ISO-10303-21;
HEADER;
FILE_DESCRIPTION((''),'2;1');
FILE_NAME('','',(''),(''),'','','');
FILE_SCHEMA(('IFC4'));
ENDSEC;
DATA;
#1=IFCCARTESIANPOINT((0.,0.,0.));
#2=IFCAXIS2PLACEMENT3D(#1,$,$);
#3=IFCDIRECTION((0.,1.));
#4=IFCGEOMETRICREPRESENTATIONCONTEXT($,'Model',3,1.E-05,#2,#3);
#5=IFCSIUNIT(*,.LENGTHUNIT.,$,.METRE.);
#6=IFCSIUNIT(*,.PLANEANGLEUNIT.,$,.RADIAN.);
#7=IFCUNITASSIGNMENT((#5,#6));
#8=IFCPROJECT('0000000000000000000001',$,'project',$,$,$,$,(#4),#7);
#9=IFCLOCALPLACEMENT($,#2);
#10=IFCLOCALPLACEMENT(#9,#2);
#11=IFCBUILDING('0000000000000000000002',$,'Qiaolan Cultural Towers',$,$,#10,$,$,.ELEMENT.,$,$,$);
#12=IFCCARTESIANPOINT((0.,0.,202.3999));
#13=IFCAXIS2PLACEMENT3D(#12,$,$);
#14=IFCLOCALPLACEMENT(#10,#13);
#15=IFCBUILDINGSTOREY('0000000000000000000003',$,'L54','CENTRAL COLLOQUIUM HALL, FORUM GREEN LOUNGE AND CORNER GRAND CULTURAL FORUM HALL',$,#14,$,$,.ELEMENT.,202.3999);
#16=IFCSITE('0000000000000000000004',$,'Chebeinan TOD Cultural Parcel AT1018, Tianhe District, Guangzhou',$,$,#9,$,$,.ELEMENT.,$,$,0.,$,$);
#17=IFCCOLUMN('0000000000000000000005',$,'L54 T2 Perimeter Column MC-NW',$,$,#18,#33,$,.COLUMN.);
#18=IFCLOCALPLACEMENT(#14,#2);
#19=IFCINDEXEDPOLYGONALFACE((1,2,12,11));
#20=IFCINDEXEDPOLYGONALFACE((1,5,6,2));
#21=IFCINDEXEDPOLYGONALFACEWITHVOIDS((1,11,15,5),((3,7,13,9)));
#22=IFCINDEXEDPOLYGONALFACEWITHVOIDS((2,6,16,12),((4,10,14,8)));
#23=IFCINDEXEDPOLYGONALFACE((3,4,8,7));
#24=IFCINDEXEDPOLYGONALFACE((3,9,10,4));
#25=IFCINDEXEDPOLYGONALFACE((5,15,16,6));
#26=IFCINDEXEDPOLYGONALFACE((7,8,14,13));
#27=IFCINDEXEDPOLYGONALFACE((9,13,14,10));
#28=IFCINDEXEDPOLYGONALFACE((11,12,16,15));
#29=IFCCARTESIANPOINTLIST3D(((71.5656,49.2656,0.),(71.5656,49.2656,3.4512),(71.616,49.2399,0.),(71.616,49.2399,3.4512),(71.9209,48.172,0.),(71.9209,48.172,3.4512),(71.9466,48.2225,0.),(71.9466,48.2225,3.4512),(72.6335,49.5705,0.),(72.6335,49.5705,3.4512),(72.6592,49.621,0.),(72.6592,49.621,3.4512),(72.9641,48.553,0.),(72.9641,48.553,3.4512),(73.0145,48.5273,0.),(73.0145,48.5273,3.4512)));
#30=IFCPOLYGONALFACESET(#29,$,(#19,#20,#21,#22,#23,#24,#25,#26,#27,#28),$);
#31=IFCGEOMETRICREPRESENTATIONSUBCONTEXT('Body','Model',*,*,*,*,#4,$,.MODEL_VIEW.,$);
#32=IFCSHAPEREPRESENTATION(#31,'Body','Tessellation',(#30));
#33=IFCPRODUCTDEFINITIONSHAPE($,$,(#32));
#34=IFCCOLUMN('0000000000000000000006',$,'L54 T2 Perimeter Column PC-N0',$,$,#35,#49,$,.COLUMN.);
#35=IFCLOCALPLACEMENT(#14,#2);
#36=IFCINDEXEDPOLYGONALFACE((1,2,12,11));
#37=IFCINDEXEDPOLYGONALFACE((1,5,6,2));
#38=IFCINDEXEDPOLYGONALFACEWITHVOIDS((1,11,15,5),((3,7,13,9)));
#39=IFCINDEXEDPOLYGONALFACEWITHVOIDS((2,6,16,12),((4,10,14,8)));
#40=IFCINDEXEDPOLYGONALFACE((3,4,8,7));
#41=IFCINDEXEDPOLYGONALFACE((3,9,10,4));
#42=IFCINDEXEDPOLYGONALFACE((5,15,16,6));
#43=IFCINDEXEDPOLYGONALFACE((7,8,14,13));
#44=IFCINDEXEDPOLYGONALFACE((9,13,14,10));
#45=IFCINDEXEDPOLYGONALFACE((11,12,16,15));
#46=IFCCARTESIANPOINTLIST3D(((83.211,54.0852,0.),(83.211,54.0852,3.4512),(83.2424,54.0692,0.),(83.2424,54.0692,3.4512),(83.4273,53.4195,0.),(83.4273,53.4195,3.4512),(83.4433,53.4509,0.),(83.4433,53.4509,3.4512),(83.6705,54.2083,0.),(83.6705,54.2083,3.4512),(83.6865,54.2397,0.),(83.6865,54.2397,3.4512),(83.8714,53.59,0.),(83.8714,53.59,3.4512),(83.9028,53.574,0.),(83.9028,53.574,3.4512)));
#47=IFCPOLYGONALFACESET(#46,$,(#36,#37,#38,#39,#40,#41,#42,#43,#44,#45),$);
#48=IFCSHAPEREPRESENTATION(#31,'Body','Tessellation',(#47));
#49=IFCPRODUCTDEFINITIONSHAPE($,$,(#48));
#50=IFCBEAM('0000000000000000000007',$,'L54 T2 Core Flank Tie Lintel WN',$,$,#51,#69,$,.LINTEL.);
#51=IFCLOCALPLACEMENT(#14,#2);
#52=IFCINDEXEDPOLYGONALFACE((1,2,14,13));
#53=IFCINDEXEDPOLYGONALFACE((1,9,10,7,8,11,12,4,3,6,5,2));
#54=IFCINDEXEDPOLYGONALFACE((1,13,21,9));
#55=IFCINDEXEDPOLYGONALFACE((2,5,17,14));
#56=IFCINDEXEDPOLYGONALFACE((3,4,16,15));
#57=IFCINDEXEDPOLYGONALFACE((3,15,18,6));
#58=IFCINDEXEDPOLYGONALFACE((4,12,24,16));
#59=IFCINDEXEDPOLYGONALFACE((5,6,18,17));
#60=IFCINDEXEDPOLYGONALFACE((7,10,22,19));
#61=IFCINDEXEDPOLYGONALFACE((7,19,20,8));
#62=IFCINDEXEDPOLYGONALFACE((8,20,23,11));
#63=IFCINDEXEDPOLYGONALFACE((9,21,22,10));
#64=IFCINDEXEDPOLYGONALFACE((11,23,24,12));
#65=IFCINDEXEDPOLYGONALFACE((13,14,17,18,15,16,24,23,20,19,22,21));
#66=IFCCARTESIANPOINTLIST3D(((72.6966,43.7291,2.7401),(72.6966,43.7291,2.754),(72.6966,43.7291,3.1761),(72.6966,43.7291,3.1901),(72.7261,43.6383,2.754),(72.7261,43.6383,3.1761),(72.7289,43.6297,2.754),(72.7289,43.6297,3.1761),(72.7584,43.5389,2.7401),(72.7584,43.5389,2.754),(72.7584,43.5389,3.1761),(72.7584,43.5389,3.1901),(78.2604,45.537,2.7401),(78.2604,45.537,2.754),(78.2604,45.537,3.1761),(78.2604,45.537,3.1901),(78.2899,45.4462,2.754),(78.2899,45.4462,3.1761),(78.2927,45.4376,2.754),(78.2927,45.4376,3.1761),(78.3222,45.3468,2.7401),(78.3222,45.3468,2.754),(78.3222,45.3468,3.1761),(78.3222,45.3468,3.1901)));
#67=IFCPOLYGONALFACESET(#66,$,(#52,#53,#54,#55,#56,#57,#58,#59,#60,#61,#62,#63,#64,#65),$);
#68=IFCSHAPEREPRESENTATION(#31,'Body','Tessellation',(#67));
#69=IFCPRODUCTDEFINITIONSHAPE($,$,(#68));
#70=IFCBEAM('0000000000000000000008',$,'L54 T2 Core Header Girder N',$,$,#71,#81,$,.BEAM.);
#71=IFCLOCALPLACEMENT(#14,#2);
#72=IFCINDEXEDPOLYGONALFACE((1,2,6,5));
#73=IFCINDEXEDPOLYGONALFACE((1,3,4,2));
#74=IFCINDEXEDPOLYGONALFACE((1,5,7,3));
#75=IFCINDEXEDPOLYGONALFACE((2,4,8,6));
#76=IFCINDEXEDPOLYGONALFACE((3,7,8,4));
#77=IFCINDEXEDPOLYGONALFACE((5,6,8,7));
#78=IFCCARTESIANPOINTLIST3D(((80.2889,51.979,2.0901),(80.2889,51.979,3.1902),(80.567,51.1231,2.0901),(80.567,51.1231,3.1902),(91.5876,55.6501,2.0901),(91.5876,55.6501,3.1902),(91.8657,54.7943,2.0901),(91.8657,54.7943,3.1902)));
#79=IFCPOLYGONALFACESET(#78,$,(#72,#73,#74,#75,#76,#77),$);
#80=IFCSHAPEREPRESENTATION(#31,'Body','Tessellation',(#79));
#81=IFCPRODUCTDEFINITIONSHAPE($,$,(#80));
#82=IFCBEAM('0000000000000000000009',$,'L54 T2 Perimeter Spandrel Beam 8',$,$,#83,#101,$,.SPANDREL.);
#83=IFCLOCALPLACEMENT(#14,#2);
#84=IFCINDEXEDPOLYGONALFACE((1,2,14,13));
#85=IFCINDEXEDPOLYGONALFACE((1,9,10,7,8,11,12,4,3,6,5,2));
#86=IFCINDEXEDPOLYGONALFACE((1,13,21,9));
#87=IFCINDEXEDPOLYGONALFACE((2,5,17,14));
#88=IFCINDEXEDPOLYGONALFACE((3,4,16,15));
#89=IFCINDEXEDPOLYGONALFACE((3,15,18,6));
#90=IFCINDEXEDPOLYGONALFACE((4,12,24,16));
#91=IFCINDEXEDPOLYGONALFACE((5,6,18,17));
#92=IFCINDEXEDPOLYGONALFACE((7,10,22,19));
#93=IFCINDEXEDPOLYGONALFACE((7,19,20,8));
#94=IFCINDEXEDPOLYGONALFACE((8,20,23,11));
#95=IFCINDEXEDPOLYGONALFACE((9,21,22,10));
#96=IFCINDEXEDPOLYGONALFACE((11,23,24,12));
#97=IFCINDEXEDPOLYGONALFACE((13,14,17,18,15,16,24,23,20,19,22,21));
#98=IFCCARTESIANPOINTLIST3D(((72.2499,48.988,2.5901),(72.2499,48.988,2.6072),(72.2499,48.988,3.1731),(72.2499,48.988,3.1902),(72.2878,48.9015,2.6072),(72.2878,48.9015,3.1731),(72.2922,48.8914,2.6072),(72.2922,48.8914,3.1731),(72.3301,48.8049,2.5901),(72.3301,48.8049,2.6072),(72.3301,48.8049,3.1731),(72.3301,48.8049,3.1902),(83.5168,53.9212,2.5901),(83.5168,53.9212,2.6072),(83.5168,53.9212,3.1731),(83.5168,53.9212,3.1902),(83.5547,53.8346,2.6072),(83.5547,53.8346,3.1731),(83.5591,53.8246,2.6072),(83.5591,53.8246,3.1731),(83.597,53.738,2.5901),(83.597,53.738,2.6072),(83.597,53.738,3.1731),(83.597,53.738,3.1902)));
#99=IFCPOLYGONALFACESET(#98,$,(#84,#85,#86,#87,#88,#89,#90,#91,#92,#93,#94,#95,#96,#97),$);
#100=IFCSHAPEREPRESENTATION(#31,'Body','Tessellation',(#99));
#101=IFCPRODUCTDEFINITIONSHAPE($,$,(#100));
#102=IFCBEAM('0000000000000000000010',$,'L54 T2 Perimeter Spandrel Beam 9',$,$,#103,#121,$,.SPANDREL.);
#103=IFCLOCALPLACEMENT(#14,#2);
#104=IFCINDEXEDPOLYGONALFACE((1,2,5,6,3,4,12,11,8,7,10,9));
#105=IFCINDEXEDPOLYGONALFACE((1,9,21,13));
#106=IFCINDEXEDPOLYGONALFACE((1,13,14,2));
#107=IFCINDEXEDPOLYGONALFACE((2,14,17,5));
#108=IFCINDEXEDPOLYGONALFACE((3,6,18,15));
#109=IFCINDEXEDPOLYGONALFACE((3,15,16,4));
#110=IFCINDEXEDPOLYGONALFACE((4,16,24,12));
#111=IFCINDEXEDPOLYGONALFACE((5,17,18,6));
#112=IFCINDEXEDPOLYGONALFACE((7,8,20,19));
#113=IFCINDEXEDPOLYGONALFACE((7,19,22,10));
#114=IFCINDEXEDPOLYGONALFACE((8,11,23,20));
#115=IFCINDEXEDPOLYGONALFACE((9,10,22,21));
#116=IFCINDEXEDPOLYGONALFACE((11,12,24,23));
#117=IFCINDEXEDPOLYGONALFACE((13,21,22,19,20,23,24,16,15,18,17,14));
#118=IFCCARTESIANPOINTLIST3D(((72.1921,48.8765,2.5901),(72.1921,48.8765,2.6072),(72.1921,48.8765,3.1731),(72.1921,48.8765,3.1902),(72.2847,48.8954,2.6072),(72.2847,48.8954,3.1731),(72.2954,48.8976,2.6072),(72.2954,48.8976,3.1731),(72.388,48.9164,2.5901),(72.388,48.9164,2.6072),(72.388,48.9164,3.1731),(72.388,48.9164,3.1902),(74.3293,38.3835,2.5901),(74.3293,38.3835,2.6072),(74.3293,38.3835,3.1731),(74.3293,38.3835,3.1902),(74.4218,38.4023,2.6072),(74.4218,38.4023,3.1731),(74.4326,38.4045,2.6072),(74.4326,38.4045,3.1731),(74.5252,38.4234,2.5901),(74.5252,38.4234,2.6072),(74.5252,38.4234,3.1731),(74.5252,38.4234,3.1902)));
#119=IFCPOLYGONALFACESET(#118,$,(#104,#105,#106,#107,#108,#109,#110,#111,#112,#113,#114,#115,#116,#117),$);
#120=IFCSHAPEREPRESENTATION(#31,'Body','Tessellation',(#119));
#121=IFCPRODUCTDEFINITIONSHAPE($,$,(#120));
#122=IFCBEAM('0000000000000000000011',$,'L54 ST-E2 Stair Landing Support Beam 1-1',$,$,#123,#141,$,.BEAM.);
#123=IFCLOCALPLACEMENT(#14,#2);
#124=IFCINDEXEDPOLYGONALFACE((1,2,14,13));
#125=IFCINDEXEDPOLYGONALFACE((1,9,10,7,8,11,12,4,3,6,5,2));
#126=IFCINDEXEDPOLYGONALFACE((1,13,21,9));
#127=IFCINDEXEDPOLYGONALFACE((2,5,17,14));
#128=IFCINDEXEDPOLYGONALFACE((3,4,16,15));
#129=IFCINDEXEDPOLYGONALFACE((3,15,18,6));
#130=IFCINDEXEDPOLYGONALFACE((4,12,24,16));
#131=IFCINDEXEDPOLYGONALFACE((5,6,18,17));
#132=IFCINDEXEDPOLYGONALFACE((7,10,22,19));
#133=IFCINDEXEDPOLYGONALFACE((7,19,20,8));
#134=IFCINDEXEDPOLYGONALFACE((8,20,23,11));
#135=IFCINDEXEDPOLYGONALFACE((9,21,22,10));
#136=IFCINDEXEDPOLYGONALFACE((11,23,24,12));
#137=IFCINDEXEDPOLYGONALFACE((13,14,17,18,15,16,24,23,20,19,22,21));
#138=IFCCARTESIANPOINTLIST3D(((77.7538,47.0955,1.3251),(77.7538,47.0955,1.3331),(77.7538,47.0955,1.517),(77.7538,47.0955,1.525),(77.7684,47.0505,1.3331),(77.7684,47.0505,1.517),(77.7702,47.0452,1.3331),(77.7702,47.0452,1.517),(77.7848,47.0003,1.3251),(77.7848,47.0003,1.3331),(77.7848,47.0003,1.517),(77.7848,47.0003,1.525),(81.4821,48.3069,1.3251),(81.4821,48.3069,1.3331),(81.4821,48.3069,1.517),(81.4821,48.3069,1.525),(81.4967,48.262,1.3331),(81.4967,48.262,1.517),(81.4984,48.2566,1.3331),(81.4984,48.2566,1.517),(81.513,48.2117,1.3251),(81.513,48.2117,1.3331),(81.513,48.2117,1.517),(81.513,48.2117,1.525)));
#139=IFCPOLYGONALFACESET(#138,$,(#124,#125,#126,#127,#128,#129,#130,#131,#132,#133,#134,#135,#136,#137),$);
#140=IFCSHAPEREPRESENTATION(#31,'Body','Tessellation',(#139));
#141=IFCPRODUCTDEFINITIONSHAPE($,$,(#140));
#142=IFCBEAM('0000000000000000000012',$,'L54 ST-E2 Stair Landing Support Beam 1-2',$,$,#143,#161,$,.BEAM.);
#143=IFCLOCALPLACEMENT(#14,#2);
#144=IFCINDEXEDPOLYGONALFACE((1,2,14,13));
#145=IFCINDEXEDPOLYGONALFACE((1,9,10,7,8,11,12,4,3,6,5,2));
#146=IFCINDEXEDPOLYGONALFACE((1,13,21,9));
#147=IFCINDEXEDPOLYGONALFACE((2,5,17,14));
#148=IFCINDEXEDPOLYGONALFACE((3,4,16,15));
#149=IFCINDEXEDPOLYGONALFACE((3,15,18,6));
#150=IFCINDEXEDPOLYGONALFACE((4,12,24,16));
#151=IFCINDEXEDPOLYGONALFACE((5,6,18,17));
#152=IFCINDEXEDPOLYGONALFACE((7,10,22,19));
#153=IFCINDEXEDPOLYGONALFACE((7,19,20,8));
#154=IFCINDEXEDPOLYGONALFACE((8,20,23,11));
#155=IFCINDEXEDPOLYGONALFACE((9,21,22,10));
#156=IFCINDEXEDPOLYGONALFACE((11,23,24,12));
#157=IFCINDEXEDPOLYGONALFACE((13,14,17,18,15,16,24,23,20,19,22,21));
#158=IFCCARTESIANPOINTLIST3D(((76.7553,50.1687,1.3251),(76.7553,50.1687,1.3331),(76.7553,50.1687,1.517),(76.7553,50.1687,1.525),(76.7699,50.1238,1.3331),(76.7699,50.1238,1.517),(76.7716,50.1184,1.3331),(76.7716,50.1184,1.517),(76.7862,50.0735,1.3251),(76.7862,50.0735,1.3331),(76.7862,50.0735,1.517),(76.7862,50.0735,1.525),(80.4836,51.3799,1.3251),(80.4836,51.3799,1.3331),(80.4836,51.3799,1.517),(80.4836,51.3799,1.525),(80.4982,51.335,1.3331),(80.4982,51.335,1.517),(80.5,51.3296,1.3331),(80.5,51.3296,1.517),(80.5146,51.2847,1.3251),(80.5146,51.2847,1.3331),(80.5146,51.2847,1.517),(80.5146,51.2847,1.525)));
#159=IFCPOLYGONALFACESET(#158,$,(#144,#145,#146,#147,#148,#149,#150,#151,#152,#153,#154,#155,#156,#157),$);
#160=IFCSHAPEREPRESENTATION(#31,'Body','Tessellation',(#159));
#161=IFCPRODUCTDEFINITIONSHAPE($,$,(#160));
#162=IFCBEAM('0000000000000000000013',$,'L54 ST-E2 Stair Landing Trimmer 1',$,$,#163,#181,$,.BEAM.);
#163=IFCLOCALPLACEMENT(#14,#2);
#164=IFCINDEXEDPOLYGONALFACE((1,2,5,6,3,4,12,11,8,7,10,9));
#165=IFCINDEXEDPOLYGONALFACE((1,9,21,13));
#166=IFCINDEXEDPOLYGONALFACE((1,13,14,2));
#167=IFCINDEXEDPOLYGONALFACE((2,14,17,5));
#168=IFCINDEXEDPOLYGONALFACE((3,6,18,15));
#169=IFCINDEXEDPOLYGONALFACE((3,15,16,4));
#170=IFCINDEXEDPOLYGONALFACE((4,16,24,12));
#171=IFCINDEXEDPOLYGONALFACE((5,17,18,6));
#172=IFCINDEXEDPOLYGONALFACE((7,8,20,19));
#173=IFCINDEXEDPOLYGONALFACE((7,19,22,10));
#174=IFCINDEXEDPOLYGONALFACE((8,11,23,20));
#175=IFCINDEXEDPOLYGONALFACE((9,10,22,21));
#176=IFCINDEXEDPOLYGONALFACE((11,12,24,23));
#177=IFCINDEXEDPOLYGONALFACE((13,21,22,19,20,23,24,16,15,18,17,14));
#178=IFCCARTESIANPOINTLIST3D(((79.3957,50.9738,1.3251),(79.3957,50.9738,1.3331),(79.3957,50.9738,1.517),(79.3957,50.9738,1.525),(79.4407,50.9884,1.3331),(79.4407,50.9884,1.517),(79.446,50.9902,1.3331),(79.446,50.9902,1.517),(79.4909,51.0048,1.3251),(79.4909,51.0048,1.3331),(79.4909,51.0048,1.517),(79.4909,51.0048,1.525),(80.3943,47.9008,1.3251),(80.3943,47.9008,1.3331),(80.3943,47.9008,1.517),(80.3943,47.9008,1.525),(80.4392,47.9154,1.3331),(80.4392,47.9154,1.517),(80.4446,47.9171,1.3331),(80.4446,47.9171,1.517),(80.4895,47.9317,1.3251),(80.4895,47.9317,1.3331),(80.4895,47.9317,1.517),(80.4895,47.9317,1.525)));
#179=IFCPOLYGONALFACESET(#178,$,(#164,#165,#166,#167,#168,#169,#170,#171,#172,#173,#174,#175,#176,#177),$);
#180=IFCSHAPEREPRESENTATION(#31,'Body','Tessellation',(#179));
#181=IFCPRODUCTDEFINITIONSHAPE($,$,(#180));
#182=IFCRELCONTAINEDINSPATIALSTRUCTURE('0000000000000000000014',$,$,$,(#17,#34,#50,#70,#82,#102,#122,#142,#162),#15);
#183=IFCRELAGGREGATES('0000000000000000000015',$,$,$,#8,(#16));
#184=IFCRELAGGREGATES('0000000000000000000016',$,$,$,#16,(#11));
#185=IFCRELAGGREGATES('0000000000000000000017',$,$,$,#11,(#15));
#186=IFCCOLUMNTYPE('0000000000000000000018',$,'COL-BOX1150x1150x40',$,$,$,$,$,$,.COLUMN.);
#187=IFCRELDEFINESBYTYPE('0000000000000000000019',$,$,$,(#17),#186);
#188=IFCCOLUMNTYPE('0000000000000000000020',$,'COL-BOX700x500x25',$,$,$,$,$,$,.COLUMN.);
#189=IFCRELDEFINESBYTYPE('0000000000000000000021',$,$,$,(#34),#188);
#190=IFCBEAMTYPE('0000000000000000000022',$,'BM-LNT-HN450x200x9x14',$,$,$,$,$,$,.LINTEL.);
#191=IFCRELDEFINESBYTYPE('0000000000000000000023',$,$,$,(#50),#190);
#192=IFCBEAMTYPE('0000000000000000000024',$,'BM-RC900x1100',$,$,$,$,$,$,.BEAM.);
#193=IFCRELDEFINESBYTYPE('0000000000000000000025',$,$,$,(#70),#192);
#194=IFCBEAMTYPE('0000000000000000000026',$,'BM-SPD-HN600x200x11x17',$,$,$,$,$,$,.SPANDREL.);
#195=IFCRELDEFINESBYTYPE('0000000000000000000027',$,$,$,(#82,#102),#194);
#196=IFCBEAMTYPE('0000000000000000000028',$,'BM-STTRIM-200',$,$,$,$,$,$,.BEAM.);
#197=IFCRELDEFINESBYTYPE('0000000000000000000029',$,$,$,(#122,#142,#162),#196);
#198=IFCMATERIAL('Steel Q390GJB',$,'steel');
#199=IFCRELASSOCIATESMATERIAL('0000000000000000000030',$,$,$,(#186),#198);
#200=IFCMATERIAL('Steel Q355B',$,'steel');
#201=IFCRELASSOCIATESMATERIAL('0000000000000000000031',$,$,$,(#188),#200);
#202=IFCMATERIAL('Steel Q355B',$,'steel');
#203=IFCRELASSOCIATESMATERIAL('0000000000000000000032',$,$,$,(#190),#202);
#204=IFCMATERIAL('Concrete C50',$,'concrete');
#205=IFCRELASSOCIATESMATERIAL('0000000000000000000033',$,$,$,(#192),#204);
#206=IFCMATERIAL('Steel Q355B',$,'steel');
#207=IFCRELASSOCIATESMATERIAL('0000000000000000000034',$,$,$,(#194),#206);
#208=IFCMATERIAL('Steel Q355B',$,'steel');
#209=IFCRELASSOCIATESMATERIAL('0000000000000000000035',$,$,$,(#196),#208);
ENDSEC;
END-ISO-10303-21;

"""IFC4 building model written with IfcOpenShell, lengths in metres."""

from ifc_helpers import new_model, si_unit, direction, frame, origin, origin_2d, place, context, subcontext, project, spatial, rectangle, hollow_rectangle, i_section, extrude, material, material_profile, profile_set, type_object, element, save


model = new_model("IFC4")

# Units and contexts
model_context = context("Model", 3, precision=1e-05, world=origin(), true_north=direction((0.0, 1.0)))
body_context = subcontext(model_context, "Body", "Model", "MODEL_VIEW")
ifc_project = project(units=[si_unit("LENGTHUNIT", "METRE"), si_unit("PLANEANGLEUNIT", "RADIAN")], contexts=[model_context])

# Site, building, storey
site_placement = place(None, origin())
site = spatial("IfcSite", under=ifc_project, at=site_placement, Name="Chebeinan TOD Cultural Parcel AT1018, Tianhe District, Guangzhou", CompositionType="ELEMENT", RefElevation=0.0)
building_placement = place(site_placement, origin())
building = spatial("IfcBuilding", under=site, at=building_placement, Name="Qiaolan Cultural Towers", CompositionType="ELEMENT")
storey_placement = place(building_placement, frame((0.0, 0.0, 202.3999)))
storey = spatial("IfcBuildingStorey", under=building, at=storey_placement, Name="L54", Description="CENTRAL COLLOQUIUM HALL, FORUM GREEN LOUNGE AND CORNER GRAND CULTURAL FORUM HALL", CompositionType="ELEMENT", Elevation=202.3999)

# Columns
ifc_material_1 = material(Name="Steel Q390GJB", Category="steel")
ifc_material_profile_1 = material_profile(ifc_material_1, hollow_rectangle(XDim=1.1499, YDim=1.1499, WallThickness=0.04, at=origin_2d()), Name="BOX1150x1150x40")
ifc_profile_set_1 = profile_set([ifc_material_profile_1], Name="Steel Q390GJB")
column_type_1 = type_object("IfcColumnType", Name="COL-BOX1150x1150x40", PredefinedType="COLUMN", material=ifc_profile_set_1)
column_1_placement = place(storey_placement, frame((72.29, 48.8965, 0.0), z_axis=(0.0, 0.0, 1.0), x_axis=(0.951057, 0.309017, 0.0)))
element("IfcColumn", 1, at=column_1_placement, inside=storey, type_object=column_type_1, Name="L54 T2 Perimeter Column MC-NW", PredefinedType="COLUMN", context=body_context, shape_type="SweptSolid", body=[
    extrude(hollow_rectangle(XDim=1.1499, YDim=1.1499, WallThickness=0.04, at=origin_2d()), origin(), (0.0, 0.0, 1.0), 3.4512),
])
ifc_material_2 = material(Name="Steel Q355B", Category="steel")
ifc_material_profile_2 = material_profile(ifc_material_2, hollow_rectangle(XDim=0.5, YDim=0.7, WallThickness=0.0249, at=origin_2d()), Name="BOX700x500x25")
ifc_profile_set_2 = profile_set([ifc_material_profile_2], Name="Steel Q355B")
column_type_2 = type_object("IfcColumnType", Name="COL-BOX700x500x25", PredefinedType="COLUMN", material=ifc_profile_set_2)
column_2_placement = place(storey_placement, frame((83.5569, 53.8296, 0.0), z_axis=(0.0, 0.0, 1.0), x_axis=(0.951057, 0.309017, 0.0)))
element("IfcColumn", 2, at=column_2_placement, inside=storey, type_object=column_type_2, Name="L54 T2 Perimeter Column PC-N0", PredefinedType="COLUMN", context=body_context, shape_type="SweptSolid", body=[
    extrude(hollow_rectangle(XDim=0.5, YDim=0.7, WallThickness=0.0249, at=origin_2d()), origin(), (0.0, 0.0, 1.0), 3.4512),
])

# Beams
ifc_material_3 = material(Name="Steel Q355B", Category="steel")
ifc_material_profile_3 = material_profile(ifc_material_3, i_section(OverallWidth=0.2, OverallDepth=0.45, WebThickness=0.009, FlangeThickness=0.0139, at=origin_2d()), Name="HN450x200x9x14")
ifc_profile_set_3 = profile_set([ifc_material_profile_3], Name="Steel Q355B")
beam_type_1 = type_object("IfcBeamType", Name="BM-LNT-HN450x200x9x14", PredefinedType="LINTEL", material=ifc_profile_set_3)
beam_1_placement = place(storey_placement, frame((78.2913, 45.4419, 2.9651), z_axis=(-0.951052, -0.309032, 0.0), x_axis=(0.309032, -0.951052, 0.0)))
element("IfcBeam", 3, at=beam_1_placement, inside=storey, type_object=beam_type_1, Name="L54 T2 Core Flank Tie Lintel WN", PredefinedType="LINTEL", context=body_context, shape_type="SweptSolid", body=[
    extrude(i_section(OverallWidth=0.2, OverallDepth=0.45, WebThickness=0.009, FlangeThickness=0.0139, at=origin_2d()), origin(), (0.0, 0.0, 1.0), 5.8501),
])
ifc_material_4 = material(Name="Concrete C50", Category="concrete")
ifc_material_profile_4 = material_profile(ifc_material_4, rectangle(XDim=0.8999, YDim=1.1001, at=origin_2d()), Name="RC900x1100")
ifc_profile_set_4 = profile_set([ifc_material_profile_4], Name="Concrete C50")
beam_type_2 = type_object("IfcBeamType", Name="BM-RC900x1100", PredefinedType="BEAM", material=ifc_profile_set_4)
beam_2_placement = place(storey_placement, frame((80.428, 51.551, 2.6401), z_axis=(0.951056, 0.309018, 0.0), x_axis=(-0.309018, 0.951056, 0.0)))
element("IfcBeam", 4, at=beam_2_placement, inside=storey, type_object=beam_type_2, Name="L54 T2 Core Header Girder N", PredefinedType="BEAM", context=body_context, shape_type="SweptSolid", body=[
    extrude(rectangle(XDim=0.8999, YDim=1.1001, at=origin_2d()), origin(), (0.0, 0.0, 1.0), 11.8801),
])
ifc_material_5 = material(Name="Steel Q355B", Category="steel")
ifc_material_profile_5 = material_profile(ifc_material_5, i_section(OverallWidth=0.2, OverallDepth=0.6001, WebThickness=0.011, FlangeThickness=0.0171, at=origin_2d()), Name="HN600x200x11x17")
ifc_profile_set_5 = profile_set([ifc_material_profile_5], Name="Steel Q355B")
beam_type_3 = type_object("IfcBeamType", Name="BM-SPD-HN600x200x11x17", PredefinedType="SPANDREL", material=ifc_profile_set_5)
beam_3_placement = place(storey_placement, frame((83.5569, 53.8296, 2.8901), z_axis=(-0.916042, -0.401082, 0.0), x_axis=(0.401082, -0.916042, 0.0)))
element("IfcBeam", 5, at=beam_3_placement, inside=storey, type_object=beam_type_3, Name="L54 T2 Perimeter Spandrel Beam 8", PredefinedType="SPANDREL", context=body_context, shape_type="SweptSolid", body=[
    extrude(i_section(OverallWidth=0.2, OverallDepth=0.6001, WebThickness=0.011, FlangeThickness=0.0171, at=origin_2d()), origin(), (0.0, 0.0, 1.0), 12.2996),
])
beam_4_placement = place(storey_placement, frame((72.29, 48.8965, 2.8901), z_axis=(0.199579, -0.979882, 0.0), x_axis=(0.979882, 0.199579, 0.0)))
element("IfcBeam", 6, at=beam_4_placement, inside=storey, type_object=beam_type_3, Name="L54 T2 Perimeter Spandrel Beam 9", PredefinedType="SPANDREL", context=body_context, shape_type="SweptSolid", body=[
    extrude(i_section(OverallWidth=0.2, OverallDepth=0.6001, WebThickness=0.011, FlangeThickness=0.0171, at=origin_2d()), origin(), (0.0, 0.0, 1.0), 10.7085),
])
ifc_material_6 = material(Name="Steel Q355B", Category="steel")
ifc_material_profile_6 = material_profile(ifc_material_6, i_section(OverallWidth=0.1001, OverallDepth=0.2, WebThickness=0.0056, FlangeThickness=0.0081, at=origin_2d()), Name="HN200x100x5.5x8")
ifc_profile_set_6 = profile_set([ifc_material_profile_6], Name="Steel Q355B")
beam_type_4 = type_object("IfcBeamType", Name="BM-STTRIM-200", PredefinedType="BEAM", material=ifc_profile_set_6)
for number, where, z_axis, x_axis, name in (
    (7, (77.7693, 47.0479, 1.425), (0.951054, 0.309026, 0.0), (-0.309026, 0.951054, 0.0), "L54 ST-E2 Stair Landing Support Beam 1-1"),
    (8, (76.7708, 50.1211, 1.425), (0.951072, 0.308969, 0.0), (-0.308969, 0.951072, 0.0), "L54 ST-E2 Stair Landing Support Beam 1-2"),
):
    element("IfcBeam", number, at=place(storey_placement, frame(where, z_axis=z_axis, x_axis=x_axis)), inside=storey, type_object=beam_type_4, Name=name, PredefinedType="BEAM", context=body_context, shape_type="SweptSolid", body=[
        extrude(i_section(OverallWidth=0.1001, OverallDepth=0.2, WebThickness=0.0056, FlangeThickness=0.0081, at=origin_2d()), origin(), (0.0, 0.0, 1.0), 3.9202),
    ])
beam_5_placement = place(storey_placement, frame((80.4419, 47.9163, 1.425), z_axis=(-0.309033, 0.951051, 0.0), x_axis=(-0.951051, -0.309033, 0.0)))
element("IfcBeam", 9, at=beam_5_placement, inside=storey, type_object=beam_type_4, Name="L54 ST-E2 Stair Landing Trimmer 1", PredefinedType="BEAM", context=body_context, shape_type="SweptSolid", body=[
    extrude(i_section(OverallWidth=0.1001, OverallDepth=0.2, WebThickness=0.0056, FlangeThickness=0.0081, at=origin_2d()), origin(), (0.0, 0.0, 1.0), 3.2312),
])

save(model, "model.ifc")
